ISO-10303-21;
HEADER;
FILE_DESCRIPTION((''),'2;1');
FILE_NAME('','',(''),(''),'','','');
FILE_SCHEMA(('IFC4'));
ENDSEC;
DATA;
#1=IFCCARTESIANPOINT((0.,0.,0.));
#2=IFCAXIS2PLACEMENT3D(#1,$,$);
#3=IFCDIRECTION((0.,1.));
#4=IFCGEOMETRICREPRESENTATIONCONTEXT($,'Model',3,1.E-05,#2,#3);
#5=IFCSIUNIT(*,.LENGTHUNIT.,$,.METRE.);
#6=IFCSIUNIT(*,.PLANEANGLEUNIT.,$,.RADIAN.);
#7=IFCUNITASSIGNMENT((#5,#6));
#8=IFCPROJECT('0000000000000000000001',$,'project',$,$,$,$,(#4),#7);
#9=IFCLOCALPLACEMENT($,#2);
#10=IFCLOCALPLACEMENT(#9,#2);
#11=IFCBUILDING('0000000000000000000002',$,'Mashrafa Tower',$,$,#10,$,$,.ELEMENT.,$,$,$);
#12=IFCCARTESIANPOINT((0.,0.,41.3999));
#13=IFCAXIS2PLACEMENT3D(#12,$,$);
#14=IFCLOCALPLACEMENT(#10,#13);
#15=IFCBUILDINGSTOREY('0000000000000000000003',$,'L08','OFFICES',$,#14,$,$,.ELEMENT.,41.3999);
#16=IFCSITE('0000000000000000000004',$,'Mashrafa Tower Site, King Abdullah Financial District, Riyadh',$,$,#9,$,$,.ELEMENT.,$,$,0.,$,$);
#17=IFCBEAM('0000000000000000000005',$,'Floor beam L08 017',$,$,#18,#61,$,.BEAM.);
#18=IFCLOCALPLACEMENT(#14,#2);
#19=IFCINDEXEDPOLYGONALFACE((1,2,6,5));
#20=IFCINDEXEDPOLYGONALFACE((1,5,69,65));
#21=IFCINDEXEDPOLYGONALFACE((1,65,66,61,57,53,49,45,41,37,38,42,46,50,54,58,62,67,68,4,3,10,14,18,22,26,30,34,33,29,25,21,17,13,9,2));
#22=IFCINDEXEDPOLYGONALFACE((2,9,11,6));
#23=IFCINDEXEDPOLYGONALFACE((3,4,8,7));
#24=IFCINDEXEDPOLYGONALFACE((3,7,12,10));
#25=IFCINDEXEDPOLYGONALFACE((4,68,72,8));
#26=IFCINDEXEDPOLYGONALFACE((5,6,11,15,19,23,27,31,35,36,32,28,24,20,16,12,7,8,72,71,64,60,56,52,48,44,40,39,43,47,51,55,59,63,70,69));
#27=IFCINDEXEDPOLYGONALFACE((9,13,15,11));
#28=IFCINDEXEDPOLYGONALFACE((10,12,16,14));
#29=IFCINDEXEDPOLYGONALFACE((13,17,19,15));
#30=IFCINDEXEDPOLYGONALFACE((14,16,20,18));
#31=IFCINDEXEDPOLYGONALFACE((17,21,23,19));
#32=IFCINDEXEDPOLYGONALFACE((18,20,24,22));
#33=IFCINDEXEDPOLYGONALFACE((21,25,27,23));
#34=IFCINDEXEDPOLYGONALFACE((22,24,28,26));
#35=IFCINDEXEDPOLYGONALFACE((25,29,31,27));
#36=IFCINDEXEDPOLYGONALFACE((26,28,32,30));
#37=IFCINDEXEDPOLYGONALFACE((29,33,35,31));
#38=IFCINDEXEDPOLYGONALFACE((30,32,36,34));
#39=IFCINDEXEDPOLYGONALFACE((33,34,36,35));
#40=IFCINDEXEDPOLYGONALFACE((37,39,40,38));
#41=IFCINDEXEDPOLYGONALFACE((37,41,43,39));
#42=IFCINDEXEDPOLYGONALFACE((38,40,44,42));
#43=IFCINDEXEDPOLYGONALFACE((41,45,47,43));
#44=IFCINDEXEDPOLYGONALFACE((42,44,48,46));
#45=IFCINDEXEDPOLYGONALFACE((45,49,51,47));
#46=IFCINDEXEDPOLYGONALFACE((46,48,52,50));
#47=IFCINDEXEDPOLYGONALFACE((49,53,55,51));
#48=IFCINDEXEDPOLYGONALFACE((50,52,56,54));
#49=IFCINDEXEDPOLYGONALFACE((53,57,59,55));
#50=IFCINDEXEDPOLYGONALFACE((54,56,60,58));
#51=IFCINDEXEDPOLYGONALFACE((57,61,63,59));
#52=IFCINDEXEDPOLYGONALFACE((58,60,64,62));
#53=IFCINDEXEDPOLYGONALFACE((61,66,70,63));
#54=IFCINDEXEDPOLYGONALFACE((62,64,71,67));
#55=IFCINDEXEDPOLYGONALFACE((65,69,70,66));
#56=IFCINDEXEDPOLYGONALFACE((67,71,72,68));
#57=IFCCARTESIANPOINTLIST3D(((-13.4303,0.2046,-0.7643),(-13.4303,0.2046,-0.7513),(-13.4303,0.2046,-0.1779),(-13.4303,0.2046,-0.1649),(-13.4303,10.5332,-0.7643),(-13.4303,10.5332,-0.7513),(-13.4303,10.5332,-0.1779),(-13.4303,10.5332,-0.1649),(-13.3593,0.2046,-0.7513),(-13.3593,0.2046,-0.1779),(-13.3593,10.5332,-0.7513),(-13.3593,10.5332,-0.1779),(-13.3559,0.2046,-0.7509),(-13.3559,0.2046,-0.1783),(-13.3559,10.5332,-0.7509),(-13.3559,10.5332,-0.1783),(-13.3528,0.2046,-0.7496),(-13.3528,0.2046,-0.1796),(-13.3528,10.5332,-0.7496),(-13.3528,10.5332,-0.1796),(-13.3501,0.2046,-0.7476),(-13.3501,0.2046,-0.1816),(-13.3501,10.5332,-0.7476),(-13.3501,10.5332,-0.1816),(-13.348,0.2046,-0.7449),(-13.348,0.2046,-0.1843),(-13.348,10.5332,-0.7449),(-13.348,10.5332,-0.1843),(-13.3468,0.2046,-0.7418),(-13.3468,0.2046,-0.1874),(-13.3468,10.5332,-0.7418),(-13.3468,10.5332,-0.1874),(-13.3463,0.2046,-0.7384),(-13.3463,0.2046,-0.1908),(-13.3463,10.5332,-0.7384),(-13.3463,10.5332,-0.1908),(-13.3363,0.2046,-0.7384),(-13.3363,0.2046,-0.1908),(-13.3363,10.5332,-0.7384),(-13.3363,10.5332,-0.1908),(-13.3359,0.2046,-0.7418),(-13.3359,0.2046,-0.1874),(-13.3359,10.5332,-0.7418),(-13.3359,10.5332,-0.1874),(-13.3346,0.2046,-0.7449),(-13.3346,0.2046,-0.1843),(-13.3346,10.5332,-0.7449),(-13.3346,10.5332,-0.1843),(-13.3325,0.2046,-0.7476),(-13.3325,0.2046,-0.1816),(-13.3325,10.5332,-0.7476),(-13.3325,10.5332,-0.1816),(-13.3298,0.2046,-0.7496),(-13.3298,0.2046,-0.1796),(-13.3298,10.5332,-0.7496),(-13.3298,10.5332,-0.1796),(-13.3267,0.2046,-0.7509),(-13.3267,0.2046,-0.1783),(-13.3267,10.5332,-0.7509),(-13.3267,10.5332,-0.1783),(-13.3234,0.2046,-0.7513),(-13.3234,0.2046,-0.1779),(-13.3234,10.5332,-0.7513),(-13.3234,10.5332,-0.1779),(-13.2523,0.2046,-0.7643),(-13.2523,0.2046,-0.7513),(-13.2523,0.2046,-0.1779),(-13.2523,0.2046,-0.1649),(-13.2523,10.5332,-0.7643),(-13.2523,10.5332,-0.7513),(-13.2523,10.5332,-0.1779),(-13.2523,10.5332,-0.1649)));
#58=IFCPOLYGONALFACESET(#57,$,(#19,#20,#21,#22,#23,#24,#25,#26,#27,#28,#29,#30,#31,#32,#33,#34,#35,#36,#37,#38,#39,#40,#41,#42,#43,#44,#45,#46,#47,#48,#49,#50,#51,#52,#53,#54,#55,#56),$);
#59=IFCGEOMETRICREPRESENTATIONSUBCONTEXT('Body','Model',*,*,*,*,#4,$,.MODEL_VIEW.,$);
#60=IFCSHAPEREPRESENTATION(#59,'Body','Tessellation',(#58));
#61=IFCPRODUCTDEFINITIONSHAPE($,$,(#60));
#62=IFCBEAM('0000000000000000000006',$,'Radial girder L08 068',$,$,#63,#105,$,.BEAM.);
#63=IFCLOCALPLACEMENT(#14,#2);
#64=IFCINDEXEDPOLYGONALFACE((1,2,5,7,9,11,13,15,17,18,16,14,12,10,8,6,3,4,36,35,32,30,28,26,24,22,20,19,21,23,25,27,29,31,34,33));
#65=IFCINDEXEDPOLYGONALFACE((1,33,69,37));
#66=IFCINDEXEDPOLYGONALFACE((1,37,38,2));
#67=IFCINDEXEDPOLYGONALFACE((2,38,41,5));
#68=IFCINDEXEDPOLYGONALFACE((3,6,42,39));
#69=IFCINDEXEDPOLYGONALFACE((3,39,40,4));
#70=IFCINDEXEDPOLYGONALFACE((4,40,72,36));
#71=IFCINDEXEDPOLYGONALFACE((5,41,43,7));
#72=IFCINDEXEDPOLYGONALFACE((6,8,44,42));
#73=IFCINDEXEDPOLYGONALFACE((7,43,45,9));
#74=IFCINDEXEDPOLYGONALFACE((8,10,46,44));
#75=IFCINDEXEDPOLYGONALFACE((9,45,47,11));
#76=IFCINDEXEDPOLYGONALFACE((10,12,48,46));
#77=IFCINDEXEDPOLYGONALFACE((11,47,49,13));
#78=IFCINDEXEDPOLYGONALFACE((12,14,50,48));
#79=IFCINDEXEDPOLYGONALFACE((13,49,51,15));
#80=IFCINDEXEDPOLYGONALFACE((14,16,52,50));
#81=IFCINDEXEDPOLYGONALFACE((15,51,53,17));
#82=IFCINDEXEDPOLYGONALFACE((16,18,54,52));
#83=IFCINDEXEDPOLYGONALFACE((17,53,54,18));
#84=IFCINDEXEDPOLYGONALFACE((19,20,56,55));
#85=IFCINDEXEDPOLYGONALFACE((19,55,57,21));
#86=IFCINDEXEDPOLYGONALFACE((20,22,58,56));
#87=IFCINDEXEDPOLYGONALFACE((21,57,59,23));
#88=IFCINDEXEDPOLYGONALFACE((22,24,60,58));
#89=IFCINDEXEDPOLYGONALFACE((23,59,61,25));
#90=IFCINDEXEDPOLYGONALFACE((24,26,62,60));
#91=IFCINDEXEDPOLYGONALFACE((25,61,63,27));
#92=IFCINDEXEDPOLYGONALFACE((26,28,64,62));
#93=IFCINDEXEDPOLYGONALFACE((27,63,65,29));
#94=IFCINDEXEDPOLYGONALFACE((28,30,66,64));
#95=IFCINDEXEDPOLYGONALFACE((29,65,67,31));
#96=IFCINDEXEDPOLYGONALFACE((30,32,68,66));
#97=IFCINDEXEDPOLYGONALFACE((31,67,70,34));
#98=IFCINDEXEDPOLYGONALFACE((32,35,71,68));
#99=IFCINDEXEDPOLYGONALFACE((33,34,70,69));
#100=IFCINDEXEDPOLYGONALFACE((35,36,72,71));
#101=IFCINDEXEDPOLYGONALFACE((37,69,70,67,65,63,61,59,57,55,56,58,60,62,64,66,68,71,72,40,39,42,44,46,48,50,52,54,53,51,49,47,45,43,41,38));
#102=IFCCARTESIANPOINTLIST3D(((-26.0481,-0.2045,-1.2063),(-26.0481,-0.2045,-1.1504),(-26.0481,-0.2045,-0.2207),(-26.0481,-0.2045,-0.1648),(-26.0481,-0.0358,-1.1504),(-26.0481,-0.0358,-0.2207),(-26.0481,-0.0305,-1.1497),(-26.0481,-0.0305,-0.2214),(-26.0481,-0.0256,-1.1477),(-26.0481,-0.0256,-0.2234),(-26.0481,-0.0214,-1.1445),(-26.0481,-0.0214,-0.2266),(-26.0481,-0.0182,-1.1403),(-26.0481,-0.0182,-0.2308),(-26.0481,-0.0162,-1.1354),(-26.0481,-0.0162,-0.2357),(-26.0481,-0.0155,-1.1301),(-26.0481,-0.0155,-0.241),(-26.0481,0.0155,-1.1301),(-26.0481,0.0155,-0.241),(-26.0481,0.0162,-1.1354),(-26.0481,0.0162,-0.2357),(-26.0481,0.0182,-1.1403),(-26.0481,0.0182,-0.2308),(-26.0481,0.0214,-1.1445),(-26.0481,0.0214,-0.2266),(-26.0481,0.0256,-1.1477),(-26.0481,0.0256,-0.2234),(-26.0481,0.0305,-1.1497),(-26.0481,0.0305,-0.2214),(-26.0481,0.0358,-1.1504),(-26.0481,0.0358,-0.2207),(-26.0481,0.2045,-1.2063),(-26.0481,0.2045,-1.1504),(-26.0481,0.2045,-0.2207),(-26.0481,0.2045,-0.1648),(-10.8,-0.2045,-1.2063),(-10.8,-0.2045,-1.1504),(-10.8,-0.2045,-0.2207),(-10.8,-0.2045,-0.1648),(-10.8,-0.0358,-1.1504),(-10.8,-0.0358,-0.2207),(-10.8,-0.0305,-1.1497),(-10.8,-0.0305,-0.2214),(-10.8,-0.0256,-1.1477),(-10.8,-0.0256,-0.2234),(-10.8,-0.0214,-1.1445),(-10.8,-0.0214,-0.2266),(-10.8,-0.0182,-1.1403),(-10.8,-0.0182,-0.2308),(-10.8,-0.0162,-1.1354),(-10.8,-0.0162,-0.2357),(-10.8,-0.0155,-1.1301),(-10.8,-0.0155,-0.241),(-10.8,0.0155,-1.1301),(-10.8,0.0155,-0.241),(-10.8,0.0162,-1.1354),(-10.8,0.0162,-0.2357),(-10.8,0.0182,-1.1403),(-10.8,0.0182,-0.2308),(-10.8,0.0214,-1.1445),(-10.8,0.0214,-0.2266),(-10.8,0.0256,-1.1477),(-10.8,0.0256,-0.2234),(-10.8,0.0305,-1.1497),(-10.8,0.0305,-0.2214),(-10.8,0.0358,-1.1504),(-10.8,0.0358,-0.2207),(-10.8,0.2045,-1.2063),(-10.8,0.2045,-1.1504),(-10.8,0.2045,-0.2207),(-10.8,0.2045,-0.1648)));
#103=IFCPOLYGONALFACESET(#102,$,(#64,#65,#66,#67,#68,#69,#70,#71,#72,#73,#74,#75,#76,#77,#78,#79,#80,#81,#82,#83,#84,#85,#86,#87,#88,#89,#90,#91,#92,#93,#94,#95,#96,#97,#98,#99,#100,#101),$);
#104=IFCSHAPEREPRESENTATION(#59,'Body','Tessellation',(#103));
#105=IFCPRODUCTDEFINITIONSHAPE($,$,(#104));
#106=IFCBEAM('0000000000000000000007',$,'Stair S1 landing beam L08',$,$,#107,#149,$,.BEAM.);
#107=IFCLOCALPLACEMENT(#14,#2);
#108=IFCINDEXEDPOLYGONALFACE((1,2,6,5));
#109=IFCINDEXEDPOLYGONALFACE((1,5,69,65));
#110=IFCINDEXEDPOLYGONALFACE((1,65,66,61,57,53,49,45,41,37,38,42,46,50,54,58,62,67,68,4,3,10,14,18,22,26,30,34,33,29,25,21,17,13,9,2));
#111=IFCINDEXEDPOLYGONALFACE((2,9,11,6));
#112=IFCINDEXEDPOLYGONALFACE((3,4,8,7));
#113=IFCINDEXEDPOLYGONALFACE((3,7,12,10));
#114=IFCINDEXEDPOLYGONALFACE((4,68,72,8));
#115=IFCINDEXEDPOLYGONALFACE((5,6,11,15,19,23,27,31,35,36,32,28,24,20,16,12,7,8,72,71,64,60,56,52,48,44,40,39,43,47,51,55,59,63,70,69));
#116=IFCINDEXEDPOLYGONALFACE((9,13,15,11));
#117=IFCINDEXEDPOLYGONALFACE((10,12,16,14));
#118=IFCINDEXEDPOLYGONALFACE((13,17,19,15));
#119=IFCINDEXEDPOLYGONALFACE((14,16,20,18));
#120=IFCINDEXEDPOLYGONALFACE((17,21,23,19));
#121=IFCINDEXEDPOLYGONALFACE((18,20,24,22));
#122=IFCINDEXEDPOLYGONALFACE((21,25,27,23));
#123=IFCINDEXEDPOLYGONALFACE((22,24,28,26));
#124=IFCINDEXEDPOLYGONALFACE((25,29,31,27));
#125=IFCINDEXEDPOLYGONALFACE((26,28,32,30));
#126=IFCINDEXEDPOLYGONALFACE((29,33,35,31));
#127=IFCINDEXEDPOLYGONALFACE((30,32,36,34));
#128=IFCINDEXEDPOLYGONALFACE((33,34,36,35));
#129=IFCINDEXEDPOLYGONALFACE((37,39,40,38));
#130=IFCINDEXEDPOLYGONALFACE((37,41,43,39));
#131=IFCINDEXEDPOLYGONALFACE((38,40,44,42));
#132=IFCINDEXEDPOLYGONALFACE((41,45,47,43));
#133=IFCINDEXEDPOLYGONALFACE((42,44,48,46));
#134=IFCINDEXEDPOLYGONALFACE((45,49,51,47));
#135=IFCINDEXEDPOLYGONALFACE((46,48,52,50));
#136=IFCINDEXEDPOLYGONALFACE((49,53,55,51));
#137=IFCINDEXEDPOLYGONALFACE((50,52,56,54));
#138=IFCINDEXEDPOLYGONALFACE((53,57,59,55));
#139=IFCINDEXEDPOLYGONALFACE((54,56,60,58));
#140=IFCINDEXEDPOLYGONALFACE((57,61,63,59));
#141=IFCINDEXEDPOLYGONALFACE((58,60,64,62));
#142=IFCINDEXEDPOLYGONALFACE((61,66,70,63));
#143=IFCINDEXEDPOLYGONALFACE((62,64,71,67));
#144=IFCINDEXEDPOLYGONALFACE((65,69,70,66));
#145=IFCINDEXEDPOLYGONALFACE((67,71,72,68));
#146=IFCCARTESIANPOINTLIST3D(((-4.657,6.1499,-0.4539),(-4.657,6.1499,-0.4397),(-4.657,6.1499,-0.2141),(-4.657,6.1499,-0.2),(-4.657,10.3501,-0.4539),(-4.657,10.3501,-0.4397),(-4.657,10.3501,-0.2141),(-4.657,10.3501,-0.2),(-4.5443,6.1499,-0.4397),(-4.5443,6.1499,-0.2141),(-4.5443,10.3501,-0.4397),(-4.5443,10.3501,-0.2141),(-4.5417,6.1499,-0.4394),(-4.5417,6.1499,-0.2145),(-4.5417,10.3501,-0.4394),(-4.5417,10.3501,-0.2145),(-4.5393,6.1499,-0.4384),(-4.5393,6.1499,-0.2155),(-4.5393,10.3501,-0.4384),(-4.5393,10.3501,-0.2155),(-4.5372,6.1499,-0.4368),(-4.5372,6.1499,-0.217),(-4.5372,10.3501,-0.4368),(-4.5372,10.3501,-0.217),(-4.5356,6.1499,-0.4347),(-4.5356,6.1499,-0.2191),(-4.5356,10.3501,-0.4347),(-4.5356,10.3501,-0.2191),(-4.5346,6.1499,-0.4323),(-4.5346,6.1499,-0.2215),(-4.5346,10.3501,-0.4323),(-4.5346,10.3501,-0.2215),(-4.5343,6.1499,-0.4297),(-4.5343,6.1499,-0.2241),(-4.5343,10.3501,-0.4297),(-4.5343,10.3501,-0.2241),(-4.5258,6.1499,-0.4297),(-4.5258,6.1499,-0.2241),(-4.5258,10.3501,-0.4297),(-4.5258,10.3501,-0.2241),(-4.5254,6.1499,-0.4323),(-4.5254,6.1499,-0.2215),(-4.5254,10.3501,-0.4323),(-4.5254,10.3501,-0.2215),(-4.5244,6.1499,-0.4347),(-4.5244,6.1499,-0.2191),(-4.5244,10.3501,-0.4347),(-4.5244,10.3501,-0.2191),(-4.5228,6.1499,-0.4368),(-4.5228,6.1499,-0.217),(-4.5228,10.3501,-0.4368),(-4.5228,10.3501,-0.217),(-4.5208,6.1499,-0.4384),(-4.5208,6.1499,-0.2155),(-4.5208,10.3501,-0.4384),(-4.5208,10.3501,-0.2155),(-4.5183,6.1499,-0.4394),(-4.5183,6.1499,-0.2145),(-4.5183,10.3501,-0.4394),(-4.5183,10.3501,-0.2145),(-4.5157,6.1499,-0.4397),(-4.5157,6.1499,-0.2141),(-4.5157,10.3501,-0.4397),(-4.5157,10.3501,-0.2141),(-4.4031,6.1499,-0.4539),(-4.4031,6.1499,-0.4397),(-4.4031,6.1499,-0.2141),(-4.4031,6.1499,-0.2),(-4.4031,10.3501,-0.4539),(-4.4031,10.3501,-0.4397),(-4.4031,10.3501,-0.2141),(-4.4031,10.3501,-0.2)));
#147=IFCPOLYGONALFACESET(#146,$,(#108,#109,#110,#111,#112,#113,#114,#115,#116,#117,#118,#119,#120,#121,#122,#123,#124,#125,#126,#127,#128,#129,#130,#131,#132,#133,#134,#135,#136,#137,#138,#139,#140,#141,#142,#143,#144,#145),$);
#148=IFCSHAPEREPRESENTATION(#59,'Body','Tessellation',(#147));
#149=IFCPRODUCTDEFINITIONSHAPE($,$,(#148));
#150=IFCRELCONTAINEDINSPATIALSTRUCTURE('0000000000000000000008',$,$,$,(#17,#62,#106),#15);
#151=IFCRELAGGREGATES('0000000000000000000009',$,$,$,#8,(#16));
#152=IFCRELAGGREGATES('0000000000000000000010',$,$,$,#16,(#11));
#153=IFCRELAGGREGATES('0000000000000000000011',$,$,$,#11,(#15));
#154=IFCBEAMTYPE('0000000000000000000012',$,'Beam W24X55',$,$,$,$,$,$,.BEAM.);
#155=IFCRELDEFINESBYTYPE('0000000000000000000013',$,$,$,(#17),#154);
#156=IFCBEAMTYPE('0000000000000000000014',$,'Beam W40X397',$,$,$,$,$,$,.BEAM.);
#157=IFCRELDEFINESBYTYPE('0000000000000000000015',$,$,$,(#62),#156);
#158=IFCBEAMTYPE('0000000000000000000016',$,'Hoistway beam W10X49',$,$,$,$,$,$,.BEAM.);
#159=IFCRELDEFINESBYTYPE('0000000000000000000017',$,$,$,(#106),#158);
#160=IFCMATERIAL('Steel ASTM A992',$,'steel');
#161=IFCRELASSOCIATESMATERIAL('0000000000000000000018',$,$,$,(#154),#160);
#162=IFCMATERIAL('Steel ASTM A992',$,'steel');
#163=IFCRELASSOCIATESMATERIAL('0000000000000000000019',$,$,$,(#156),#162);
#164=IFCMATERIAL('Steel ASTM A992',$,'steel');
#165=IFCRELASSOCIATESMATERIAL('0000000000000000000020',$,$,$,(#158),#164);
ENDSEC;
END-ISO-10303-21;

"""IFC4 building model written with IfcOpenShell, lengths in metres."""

from ifc_helpers import new_model, si_unit, direction, frame, origin, origin_2d, place, context, subcontext, project, spatial, i_section, extrude, material, material_profile, profile_set, type_object, element, save


model = new_model("IFC4")

# Units and contexts
model_context = context("Model", 3, precision=1e-05, world=origin(), true_north=direction((0.0, 1.0)))
body_context = subcontext(model_context, "Body", "Model", "MODEL_VIEW")
ifc_project = project(units=[si_unit("LENGTHUNIT", "METRE"), si_unit("PLANEANGLEUNIT", "RADIAN")], contexts=[model_context])

# Site, building, storey
site_placement = place(None, origin())
site = spatial("IfcSite", under=ifc_project, at=site_placement, Name="Mashrafa Tower Site, King Abdullah Financial District, Riyadh", CompositionType="ELEMENT", RefElevation=0.0)
building_placement = place(site_placement, origin())
building = spatial("IfcBuilding", under=site, at=building_placement, Name="Mashrafa Tower", CompositionType="ELEMENT")
storey_placement = place(building_placement, frame((0.0, 0.0, 41.3999)))
storey = spatial("IfcBuildingStorey", under=building, at=storey_placement, Name="L08", Description="OFFICES", CompositionType="ELEMENT", Elevation=41.3999)

# Beams
ifc_material_1 = material(Name="Steel ASTM A992", Category="steel")
ifc_material_profile_1 = material_profile(ifc_material_1, i_section(OverallWidth=0.178, OverallDepth=0.5994, WebThickness=0.01, FlangeThickness=0.0129, FilletRadius=0.0129, at=origin_2d()), Name="W24X55")
ifc_profile_set_1 = profile_set([ifc_material_profile_1], Name="Steel ASTM A992")
beam_type_1 = type_object("IfcBeamType", Name="Beam W24X55", PredefinedType="BEAM", material=ifc_profile_set_1)
beam_1_placement = place(storey_placement, frame((-13.3413, 0.2046, -0.4646), z_axis=(0.0, 1.0, 0.0), x_axis=(-1.0, 0.0, 0.0)))
element("IfcBeam", 1, at=beam_1_placement, inside=storey, type_object=beam_type_1, Name="Floor beam L08 017", PredefinedType="BEAM", context=body_context, shape_type="SweptSolid", body=[
    extrude(i_section(OverallWidth=0.178, OverallDepth=0.5994, WebThickness=0.01, FlangeThickness=0.0129, FilletRadius=0.0129, at=origin_2d()), origin(), (0.0, 0.0, 1.0), 10.3286),
])
ifc_material_2 = material(Name="Steel ASTM A992", Category="steel")
ifc_material_profile_2 = material_profile(ifc_material_2, i_section(OverallWidth=0.4089, OverallDepth=1.0415, WebThickness=0.031, FlangeThickness=0.0559, FilletRadius=0.0203, at=origin_2d()), Name="W40X397")
ifc_profile_set_2 = profile_set([ifc_material_profile_2], Name="Steel ASTM A992")
beam_type_2 = type_object("IfcBeamType", Name="Beam W40X397", PredefinedType="BEAM", material=ifc_profile_set_2)
beam_2_placement = place(storey_placement, frame((-10.8, 0.0, -0.6855), z_axis=(-1.0, 0.0, 0.0), x_axis=(0.0, -1.0, 0.0)))
element("IfcBeam", 2, at=beam_2_placement, inside=storey, type_object=beam_type_2, Name="Radial girder L08 068", PredefinedType="BEAM", context=body_context, shape_type="SweptSolid", body=[
    extrude(i_section(OverallWidth=0.4089, OverallDepth=1.0415, WebThickness=0.031, FlangeThickness=0.0559, FilletRadius=0.0203, at=origin_2d()), origin(), (0.0, 0.0, 1.0), 15.248),
])
ifc_material_3 = material(Name="Steel ASTM A992", Category="steel")
ifc_material_profile_3 = material_profile(ifc_material_3, i_section(OverallWidth=0.2539, OverallDepth=0.2539, WebThickness=0.0085, FlangeThickness=0.0142, FilletRadius=0.01, at=origin_2d()), Name="W10X49")
ifc_profile_set_3 = profile_set([ifc_material_profile_3], Name="Steel ASTM A992")
beam_type_3 = type_object("IfcBeamType", Name="Hoistway beam W10X49", PredefinedType="BEAM", material=ifc_profile_set_3)
beam_3_placement = place(storey_placement, frame((-4.53, 6.1499, -0.3269), z_axis=(0.0, 1.0, 0.0), x_axis=(-1.0, 0.0, 0.0)))
element("IfcBeam", 3, at=beam_3_placement, inside=storey, type_object=beam_type_3, Name="Stair S1 landing beam L08", PredefinedType="BEAM", context=body_context, shape_type="SweptSolid", body=[
    extrude(i_section(OverallWidth=0.2539, OverallDepth=0.2539, WebThickness=0.0085, FlangeThickness=0.0142, FilletRadius=0.01, at=origin_2d()), origin(), (0.0, 0.0, 1.0), 4.2002),
])

save(model, "model.ifc")
